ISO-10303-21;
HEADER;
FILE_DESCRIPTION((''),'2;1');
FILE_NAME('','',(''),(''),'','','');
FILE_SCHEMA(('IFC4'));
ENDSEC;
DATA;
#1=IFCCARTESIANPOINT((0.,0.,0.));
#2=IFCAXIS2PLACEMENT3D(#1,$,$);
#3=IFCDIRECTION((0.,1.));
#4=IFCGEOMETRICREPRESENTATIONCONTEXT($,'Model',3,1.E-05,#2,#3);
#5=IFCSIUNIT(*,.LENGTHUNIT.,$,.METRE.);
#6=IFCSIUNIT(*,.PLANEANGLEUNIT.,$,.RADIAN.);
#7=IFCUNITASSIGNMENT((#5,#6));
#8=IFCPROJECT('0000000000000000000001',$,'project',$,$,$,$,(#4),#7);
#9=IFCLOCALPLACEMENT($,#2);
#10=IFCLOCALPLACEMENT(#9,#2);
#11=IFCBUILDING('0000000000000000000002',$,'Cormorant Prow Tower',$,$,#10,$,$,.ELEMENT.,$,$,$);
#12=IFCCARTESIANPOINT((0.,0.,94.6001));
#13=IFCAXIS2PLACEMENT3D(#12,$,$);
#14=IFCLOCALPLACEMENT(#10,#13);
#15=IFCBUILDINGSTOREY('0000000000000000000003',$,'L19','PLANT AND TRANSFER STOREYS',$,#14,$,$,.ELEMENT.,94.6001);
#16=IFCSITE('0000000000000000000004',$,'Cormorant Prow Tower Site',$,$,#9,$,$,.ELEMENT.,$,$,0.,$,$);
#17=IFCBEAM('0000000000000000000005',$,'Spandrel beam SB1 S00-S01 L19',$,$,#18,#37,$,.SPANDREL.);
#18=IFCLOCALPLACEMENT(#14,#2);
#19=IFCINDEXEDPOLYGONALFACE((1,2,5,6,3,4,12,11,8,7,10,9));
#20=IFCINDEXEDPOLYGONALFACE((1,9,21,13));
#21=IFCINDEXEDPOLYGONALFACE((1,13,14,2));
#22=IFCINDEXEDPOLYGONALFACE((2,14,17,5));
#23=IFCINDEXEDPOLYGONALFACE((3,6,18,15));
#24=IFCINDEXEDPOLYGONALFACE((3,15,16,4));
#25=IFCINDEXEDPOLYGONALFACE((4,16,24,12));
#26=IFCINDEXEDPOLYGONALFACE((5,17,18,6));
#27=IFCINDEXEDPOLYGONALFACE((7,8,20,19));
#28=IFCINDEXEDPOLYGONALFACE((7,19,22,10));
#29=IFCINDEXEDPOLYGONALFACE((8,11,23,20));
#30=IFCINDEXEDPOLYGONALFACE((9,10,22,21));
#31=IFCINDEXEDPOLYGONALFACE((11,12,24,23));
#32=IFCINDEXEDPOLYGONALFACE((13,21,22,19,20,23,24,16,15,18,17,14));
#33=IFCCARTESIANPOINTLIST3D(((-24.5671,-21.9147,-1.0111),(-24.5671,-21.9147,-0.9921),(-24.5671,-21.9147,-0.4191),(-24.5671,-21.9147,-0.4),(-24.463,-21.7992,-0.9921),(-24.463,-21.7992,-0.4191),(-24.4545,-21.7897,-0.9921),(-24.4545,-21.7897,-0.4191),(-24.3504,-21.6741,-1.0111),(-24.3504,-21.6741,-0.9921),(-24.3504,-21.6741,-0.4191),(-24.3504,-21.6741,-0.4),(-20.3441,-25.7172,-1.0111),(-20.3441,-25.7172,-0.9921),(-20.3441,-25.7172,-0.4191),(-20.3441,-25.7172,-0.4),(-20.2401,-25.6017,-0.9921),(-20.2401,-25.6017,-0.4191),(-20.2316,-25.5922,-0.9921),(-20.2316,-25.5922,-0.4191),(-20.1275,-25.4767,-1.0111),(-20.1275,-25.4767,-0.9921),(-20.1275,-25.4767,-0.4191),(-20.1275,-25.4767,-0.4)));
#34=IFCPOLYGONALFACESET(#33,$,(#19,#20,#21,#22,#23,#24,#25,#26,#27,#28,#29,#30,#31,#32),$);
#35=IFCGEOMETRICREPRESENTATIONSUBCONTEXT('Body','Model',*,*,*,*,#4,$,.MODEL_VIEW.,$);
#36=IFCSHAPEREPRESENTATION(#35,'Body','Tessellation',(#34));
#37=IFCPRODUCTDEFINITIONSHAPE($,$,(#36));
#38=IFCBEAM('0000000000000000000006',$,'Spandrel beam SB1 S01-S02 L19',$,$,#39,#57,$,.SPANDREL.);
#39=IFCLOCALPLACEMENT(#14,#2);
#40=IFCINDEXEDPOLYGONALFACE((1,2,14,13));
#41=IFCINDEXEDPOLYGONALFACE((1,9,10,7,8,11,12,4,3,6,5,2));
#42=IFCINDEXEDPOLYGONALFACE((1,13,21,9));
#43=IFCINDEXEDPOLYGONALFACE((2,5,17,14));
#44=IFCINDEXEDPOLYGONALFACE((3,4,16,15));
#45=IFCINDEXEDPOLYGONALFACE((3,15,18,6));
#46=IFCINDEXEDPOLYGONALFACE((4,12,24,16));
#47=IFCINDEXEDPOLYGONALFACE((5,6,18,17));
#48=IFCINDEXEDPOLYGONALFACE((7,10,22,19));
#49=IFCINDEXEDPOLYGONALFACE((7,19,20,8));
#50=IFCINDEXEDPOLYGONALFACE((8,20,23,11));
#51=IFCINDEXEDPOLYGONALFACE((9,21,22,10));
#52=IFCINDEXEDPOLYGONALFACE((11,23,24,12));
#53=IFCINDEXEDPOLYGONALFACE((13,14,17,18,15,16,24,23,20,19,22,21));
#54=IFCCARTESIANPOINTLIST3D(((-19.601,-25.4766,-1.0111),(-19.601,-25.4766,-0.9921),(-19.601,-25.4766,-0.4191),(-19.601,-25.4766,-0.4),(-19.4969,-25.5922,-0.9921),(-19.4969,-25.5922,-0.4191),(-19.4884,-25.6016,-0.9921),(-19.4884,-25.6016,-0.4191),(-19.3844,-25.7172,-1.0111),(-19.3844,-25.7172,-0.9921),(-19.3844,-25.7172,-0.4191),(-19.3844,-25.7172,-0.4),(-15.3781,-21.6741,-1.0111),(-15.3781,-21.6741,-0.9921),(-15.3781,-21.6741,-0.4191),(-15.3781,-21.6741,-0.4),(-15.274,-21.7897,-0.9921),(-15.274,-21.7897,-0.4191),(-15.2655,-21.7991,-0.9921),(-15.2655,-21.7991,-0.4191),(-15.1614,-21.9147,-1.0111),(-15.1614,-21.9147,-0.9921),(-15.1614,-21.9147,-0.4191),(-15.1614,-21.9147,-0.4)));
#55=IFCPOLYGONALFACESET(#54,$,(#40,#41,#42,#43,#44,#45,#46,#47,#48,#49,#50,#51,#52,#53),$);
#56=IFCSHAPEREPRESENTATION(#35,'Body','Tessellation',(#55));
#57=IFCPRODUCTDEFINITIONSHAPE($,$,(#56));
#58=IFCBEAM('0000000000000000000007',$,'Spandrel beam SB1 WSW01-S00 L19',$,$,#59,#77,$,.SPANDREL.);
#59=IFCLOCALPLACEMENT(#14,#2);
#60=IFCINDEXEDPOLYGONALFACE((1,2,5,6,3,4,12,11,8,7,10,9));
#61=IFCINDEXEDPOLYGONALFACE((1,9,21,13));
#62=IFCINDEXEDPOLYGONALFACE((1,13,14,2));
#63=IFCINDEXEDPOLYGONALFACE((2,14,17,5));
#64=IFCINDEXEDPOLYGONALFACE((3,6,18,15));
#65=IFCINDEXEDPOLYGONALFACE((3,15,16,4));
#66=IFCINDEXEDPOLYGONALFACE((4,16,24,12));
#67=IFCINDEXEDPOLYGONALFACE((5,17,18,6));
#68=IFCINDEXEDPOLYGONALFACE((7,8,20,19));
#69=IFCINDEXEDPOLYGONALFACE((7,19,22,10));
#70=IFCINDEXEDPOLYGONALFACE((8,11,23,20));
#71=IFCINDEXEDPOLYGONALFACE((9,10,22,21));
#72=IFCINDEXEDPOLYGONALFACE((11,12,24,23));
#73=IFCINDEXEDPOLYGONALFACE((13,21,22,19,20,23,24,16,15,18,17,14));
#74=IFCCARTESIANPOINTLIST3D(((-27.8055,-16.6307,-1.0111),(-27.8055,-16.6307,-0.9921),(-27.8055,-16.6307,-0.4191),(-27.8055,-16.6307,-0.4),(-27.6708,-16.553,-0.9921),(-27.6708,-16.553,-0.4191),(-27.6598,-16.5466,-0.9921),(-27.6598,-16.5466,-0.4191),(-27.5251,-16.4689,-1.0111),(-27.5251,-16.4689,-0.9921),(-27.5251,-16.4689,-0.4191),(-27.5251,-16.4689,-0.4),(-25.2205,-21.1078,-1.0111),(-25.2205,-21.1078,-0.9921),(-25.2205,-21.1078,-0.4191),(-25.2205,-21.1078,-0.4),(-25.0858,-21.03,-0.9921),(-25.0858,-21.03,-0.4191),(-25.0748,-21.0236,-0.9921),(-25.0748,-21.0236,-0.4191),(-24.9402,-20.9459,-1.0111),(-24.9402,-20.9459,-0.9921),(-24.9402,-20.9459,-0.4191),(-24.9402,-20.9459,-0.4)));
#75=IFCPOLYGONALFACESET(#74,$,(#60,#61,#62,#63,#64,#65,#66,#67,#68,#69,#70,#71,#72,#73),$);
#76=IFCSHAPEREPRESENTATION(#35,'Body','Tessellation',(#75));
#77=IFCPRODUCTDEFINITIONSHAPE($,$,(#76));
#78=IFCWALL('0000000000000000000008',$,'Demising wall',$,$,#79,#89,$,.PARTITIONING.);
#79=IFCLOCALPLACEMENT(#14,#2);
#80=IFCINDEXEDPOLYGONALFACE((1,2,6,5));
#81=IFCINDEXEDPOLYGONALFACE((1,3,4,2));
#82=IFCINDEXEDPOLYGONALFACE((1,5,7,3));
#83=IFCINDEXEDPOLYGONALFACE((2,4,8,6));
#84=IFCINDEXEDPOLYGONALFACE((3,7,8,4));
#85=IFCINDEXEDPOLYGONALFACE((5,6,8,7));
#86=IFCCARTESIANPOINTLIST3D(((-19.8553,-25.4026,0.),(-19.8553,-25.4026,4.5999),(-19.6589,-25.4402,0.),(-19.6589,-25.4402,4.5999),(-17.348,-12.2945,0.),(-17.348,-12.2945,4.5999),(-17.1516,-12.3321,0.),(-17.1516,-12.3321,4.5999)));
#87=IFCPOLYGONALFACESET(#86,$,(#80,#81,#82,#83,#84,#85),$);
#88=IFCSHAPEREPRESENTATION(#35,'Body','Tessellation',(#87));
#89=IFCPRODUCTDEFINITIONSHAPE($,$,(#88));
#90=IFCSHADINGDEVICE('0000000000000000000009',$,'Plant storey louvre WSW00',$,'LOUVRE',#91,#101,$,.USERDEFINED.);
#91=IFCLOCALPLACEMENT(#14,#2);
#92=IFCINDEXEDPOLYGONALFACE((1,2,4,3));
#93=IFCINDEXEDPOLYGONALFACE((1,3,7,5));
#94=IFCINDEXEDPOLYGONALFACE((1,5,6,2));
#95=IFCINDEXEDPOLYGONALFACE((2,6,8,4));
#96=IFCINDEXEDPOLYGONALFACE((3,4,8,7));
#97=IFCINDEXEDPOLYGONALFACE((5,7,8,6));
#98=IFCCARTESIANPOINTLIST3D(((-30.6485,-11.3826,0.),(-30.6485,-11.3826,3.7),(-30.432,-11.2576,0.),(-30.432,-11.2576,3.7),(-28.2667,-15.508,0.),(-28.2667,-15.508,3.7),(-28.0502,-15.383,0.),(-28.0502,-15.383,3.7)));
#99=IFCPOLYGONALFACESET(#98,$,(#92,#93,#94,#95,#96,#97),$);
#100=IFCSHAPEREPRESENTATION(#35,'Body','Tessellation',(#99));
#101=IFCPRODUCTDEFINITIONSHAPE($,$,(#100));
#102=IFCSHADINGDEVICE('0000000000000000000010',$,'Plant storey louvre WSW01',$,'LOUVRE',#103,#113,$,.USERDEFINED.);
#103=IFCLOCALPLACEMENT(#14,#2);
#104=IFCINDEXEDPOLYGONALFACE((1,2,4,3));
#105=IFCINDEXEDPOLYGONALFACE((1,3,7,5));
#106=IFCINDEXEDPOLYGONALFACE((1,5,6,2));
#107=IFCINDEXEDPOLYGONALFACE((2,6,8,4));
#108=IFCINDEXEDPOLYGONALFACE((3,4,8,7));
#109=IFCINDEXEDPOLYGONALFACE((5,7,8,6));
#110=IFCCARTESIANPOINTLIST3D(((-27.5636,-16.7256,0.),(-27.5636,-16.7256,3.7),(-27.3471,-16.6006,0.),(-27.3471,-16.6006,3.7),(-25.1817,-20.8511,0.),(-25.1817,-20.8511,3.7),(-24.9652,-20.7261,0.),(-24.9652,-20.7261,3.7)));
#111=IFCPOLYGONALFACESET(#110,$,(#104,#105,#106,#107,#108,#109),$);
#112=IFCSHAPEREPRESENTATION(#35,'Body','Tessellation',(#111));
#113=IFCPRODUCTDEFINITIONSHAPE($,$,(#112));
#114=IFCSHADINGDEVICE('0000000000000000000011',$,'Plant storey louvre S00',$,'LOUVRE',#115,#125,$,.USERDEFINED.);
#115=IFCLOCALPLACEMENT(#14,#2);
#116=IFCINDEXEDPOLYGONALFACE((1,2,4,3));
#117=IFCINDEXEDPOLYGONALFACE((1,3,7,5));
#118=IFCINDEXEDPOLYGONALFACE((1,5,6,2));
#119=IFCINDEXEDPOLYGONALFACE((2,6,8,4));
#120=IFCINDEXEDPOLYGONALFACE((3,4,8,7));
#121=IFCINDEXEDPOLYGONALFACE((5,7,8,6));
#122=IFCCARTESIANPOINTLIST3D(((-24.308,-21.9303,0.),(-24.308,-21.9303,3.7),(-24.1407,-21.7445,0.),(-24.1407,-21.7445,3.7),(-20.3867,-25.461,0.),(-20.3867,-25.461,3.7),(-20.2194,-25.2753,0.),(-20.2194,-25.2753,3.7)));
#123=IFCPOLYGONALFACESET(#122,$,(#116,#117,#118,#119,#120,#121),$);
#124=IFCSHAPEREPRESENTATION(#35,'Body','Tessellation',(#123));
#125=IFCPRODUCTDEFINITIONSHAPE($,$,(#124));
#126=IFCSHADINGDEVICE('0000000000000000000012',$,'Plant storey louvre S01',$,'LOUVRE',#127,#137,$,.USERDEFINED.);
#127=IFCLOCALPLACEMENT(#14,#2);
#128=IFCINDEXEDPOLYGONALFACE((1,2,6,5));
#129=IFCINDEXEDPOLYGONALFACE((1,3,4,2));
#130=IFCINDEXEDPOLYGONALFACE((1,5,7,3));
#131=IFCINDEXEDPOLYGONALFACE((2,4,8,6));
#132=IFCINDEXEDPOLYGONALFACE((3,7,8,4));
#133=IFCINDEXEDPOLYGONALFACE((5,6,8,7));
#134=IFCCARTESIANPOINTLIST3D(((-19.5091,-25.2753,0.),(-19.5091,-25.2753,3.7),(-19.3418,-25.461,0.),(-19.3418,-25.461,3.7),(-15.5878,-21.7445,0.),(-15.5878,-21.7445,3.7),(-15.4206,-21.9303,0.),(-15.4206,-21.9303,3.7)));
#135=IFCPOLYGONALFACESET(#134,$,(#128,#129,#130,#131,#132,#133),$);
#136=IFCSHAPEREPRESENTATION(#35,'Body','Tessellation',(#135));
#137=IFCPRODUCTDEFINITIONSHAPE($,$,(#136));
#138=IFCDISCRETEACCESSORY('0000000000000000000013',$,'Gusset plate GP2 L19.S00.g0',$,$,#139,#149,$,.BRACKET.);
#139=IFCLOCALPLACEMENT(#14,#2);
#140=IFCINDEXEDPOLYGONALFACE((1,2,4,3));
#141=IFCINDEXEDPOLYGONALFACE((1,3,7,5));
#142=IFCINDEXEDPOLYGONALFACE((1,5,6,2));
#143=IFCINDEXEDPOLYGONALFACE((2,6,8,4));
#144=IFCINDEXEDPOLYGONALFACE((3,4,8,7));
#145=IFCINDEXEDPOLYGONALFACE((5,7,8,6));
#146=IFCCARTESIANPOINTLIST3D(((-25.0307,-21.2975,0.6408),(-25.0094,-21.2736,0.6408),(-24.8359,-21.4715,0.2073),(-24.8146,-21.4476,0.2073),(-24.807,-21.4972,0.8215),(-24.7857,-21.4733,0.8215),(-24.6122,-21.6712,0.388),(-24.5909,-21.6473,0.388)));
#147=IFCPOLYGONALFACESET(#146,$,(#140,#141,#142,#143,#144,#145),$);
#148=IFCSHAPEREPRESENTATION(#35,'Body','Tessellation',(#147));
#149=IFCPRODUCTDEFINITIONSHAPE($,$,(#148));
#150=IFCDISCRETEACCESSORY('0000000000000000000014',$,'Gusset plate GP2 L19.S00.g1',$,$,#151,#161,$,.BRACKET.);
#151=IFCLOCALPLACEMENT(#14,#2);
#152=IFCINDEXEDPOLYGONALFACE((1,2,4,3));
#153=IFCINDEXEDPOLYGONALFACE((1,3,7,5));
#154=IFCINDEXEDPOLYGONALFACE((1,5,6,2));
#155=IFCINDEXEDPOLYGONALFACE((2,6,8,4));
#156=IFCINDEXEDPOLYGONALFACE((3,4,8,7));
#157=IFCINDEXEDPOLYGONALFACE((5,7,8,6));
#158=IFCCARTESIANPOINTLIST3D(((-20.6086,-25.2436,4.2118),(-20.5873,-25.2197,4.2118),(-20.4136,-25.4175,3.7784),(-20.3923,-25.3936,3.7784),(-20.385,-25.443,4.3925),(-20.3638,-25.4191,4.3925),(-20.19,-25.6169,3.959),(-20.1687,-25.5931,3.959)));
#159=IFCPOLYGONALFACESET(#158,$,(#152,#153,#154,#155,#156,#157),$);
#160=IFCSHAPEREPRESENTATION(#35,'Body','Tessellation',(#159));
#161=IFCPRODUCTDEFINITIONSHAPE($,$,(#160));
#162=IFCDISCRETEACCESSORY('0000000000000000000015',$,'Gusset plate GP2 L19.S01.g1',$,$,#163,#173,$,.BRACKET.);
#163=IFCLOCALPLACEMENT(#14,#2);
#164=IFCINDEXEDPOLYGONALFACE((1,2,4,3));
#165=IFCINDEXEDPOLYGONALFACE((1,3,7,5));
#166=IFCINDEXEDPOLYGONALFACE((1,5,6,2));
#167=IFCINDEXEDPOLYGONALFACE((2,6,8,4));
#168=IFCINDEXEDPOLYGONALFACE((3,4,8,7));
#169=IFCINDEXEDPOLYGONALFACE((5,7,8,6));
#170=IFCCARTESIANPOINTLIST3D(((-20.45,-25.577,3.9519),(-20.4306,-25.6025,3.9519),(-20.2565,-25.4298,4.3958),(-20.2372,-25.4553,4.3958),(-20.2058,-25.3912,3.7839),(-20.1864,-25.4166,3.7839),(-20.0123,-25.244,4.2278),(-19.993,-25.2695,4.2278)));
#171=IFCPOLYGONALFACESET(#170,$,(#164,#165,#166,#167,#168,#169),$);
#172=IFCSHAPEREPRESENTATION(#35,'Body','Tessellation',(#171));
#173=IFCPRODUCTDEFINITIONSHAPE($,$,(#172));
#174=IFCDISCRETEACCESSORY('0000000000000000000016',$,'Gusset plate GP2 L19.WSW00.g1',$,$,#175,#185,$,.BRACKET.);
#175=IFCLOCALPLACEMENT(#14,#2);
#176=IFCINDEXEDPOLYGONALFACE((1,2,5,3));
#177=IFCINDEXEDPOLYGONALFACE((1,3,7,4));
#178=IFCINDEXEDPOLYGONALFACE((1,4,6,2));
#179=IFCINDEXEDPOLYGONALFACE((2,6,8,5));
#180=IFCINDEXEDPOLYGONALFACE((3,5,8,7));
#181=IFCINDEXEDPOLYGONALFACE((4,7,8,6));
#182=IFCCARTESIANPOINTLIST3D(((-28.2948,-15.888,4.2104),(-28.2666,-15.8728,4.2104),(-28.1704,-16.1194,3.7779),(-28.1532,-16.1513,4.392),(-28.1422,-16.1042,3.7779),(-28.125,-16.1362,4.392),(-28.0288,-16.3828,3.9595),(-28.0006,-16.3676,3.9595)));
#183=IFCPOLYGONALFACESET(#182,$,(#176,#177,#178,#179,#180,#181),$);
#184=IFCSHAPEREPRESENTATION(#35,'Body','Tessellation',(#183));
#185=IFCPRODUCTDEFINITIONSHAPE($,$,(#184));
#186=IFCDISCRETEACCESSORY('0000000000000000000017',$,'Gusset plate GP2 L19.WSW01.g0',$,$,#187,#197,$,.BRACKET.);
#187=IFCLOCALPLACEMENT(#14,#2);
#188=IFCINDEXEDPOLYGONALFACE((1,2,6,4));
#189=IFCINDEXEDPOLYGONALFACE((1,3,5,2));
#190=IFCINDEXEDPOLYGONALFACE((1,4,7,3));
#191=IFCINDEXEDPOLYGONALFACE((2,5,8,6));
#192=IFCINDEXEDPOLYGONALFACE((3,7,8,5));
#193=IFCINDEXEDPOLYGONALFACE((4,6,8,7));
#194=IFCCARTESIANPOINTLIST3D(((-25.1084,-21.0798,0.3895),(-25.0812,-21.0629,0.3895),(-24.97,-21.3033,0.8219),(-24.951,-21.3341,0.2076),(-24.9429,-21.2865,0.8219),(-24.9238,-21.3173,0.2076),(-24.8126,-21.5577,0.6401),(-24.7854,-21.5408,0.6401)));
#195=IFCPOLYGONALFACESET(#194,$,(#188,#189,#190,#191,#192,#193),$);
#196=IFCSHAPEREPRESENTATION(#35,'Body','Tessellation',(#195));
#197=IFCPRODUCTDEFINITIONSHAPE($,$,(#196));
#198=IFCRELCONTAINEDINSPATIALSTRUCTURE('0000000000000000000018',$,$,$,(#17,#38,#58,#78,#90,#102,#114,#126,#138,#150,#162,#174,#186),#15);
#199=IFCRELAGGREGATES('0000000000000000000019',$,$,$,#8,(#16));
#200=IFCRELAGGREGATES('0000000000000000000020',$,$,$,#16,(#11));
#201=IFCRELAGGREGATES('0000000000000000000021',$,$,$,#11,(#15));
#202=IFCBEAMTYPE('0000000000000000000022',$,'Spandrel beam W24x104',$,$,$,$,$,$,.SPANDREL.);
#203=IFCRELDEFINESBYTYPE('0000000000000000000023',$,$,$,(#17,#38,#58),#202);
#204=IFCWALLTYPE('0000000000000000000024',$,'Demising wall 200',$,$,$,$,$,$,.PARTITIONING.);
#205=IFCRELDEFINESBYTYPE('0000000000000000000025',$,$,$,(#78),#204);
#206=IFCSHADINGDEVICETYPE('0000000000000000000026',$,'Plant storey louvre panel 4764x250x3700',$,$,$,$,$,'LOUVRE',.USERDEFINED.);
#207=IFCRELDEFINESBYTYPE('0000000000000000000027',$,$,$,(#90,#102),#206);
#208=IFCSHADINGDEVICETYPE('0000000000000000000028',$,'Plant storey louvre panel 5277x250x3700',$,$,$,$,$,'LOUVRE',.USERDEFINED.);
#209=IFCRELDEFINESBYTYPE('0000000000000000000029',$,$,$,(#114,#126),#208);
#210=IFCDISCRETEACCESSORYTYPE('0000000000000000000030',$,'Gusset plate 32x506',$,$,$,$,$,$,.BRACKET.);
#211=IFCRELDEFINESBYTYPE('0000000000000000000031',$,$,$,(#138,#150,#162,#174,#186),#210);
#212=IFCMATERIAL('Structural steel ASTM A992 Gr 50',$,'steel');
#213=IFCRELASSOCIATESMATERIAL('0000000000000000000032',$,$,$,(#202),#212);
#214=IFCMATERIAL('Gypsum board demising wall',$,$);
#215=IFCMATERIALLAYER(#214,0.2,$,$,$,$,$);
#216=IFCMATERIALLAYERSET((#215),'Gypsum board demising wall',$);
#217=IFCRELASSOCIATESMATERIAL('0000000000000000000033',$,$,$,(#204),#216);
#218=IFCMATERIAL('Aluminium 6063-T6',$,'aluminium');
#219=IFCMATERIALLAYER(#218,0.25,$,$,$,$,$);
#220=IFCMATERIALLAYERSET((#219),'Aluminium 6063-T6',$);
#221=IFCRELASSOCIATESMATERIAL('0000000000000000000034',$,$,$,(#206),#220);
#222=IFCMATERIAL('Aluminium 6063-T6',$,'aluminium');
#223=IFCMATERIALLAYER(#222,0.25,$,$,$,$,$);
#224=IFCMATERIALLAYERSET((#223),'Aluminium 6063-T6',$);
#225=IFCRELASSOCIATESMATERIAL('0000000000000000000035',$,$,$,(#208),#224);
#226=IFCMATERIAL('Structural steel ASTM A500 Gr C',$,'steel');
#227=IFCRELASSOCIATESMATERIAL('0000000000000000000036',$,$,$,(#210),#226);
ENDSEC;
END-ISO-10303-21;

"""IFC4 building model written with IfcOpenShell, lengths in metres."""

from ifc_helpers import new_model, si_unit, direction, frame, frame_2d, origin, origin_2d, place, context, subcontext, project, spatial, rectangle, i_section, extrude, material, layer, layer_set, material_profile, profile_set, type_object, element, save


model = new_model("IFC4")

# Units and contexts
model_context = context("Model", 3, precision=1e-05, world=origin(), true_north=direction((0.0, 1.0)))
body_context = subcontext(model_context, "Body", "Model", "MODEL_VIEW")
ifc_project = project(units=[si_unit("LENGTHUNIT", "METRE"), si_unit("PLANEANGLEUNIT", "RADIAN")], contexts=[model_context])

# Site, building, storey
site_placement = place(None, origin())
site = spatial("IfcSite", under=ifc_project, at=site_placement, Name="Cormorant Prow Tower Site", CompositionType="ELEMENT", RefElevation=0.0)
building_placement = place(site_placement, origin())
building = spatial("IfcBuilding", under=site, at=building_placement, Name="Cormorant Prow Tower", CompositionType="ELEMENT")
storey_placement = place(building_placement, frame((0.0, 0.0, 94.6001)))
storey = spatial("IfcBuildingStorey", under=building, at=storey_placement, Name="L19", Description="PLANT AND TRANSFER STOREYS", CompositionType="ELEMENT", Elevation=94.6001)

# Beams
ifc_material_1 = material(Name="Structural steel ASTM A992 Gr 50", Category="steel")
ifc_material_profile_1 = material_profile(ifc_material_1, i_section(OverallWidth=0.3237, OverallDepth=0.6111, WebThickness=0.0127, FlangeThickness=0.019, at=origin_2d()), Name="W24x104")
ifc_profile_set_1 = profile_set([ifc_material_profile_1], Name="Structural steel ASTM A992 Gr 50")
beam_type_1 = type_object("IfcBeamType", Name="Spandrel beam W24x104", PredefinedType="SPANDREL", material=ifc_profile_set_1)
for number, where, z_axis, x_axis, name in (
    (1, (-24.4587, -21.7944, -0.7056), (0.74313, -0.669147, 0.0), (0.669147, 0.74313, 0.0), "Spandrel beam SB1 S00-S01 L19"),
    (2, (-19.4927, -25.5969, -0.7056), (0.74313, 0.669147, 0.0), (-0.669147, 0.74313, 0.0), "Spandrel beam SB1 S01-S02 L19"),
):
    element("IfcBeam", number, at=place(storey_placement, frame(where, z_axis=z_axis, x_axis=x_axis)), inside=storey, type_object=beam_type_1, Name=name, PredefinedType="SPANDREL", context=body_context, shape_type="SweptSolid", body=[
        extrude(i_section(OverallWidth=0.3237, OverallDepth=0.6111, WebThickness=0.0127, FlangeThickness=0.019, at=origin_2d()), origin(), (0.0, 0.0, 1.0), 5.6826),
    ])
beam_1_placement = place(storey_placement, frame((-27.6653, -16.5498, -0.7056), z_axis=(0.50002, -0.866014, 0.0), x_axis=(0.866014, 0.50002, 0.0)))
element("IfcBeam", 3, at=beam_1_placement, inside=storey, type_object=beam_type_1, Name="Spandrel beam SB1 WSW01-S00 L19", PredefinedType="SPANDREL", context=body_context, shape_type="SweptSolid", body=[
    extrude(i_section(OverallWidth=0.3237, OverallDepth=0.6111, WebThickness=0.0127, FlangeThickness=0.019, at=origin_2d()), origin(), (0.0, 0.0, 1.0), 5.1697),
])

# Wall
ifc_material_2 = material(Name="Gypsum board demising wall")
ifc_layer_1 = layer(ifc_material_2, 0.2)
ifc_layer_set_1 = layer_set([ifc_layer_1], Name="Gypsum board demising wall")
wall_type = type_object("IfcWallType", Name="Demising wall 200", PredefinedType="PARTITIONING", material=ifc_layer_set_1)
wall_placement = place(storey_placement, frame((-19.7571, -25.4214, 0.0), z_axis=(0.0, 0.0, 1.0), x_axis=(0.187874, 0.982193, 0.0)))
element("IfcWall", 4, at=wall_placement, inside=storey, type_object=wall_type, Name="Demising wall", PredefinedType="PARTITIONING", context=body_context, shape_type="SweptSolid", body=[
    extrude(rectangle(XDim=13.3457, YDim=0.2, at=frame_2d((6.6729, 0.0))), origin(), (0.0, 0.0, 1.0), 4.5999),
])

# Shading devices
ifc_material_3 = material(Name="Aluminium 6063-T6", Category="aluminium")
ifc_layer_2 = layer(ifc_material_3, 0.25)
ifc_layer_set_2 = layer_set([ifc_layer_2], Name="Aluminium 6063-T6")
shading_device_type_1 = type_object("IfcShadingDeviceType", Name="Plant storey louvre panel 4764x250x3700", ElementType="LOUVRE", PredefinedType="USERDEFINED", material=ifc_layer_set_2)
for number, where, z_axis, x_axis, name in (
    (5, (-29.3494, -13.3828, 0.0), (0.0, 0.0, 1.0), (0.5, -0.866025, 0.0), "Plant storey louvre WSW00"),
    (6, (-26.2644, -18.7258, 0.0), (0.0, 0.0, 1.0), (0.5, -0.866025, 0.0), "Plant storey louvre WSW01"),
):
    element("IfcShadingDevice", number, at=place(storey_placement, frame(where, z_axis=z_axis, x_axis=x_axis)), inside=storey, type_object=shading_device_type_1, Name=name, ObjectType="LOUVRE", PredefinedType="USERDEFINED", context=body_context, shape_type="SweptSolid", body=[
        extrude(rectangle(XDim=4.7637, YDim=0.25, at=origin_2d()), origin(), (0.0, 0.0, 1.0), 3.7),
    ])
ifc_material_4 = material(Name="Aluminium 6063-T6", Category="aluminium")
ifc_layer_3 = layer(ifc_material_4, 0.25)
ifc_layer_set_3 = layer_set([ifc_layer_3], Name="Aluminium 6063-T6")
shading_device_type_2 = type_object("IfcShadingDeviceType", Name="Plant storey louvre panel 5277x250x3700", ElementType="LOUVRE", PredefinedType="USERDEFINED", material=ifc_layer_set_3)
for number, where, z_axis, x_axis, name in (
    (7, (-22.2637, -23.6028, 0.0), (0.0, 0.0, 1.0), (0.743145, -0.669131, 0.0), "Plant storey louvre S00"),
    (8, (-17.4648, -23.6028, 0.0), (0.0, 0.0, 1.0), (0.743145, 0.669131, 0.0), "Plant storey louvre S01"),
):
    element("IfcShadingDevice", number, at=place(storey_placement, frame(where, z_axis=z_axis, x_axis=x_axis)), inside=storey, type_object=shading_device_type_2, Name=name, ObjectType="LOUVRE", PredefinedType="USERDEFINED", context=body_context, shape_type="SweptSolid", body=[
        extrude(rectangle(XDim=5.2766, YDim=0.25, at=origin_2d()), origin(), (0.0, 0.0, 1.0), 3.7),
    ])

# Discrete accessories
ifc_material_5 = material(Name="Structural steel ASTM A500 Gr C", Category="steel")
ifc_material_profile_2 = material_profile(ifc_material_5, rectangle(XDim=0.032, YDim=0.5061, at=origin_2d()), Name="Gusset plate 32x506")
ifc_profile_set_2 = profile_set([ifc_material_profile_2], Name="Structural steel ASTM A500 Gr C")
discrete_accessory_type_1 = type_object("IfcDiscreteAccessoryType", Name="Gusset plate 32x506", PredefinedType="BRACKET", material=ifc_profile_set_2)
discrete_accessory_1_placement = place(storey_placement, frame((-24.699, -21.5723, 0.6047), z_axis=(-0.638862, 0.570512, -0.516111), x_axis=(-0.66608, -0.74588, 0.0)))
element("IfcDiscreteAccessory", 9, at=discrete_accessory_1_placement, inside=storey, type_object=discrete_accessory_type_1, Name="Gusset plate GP2 L19.S00.g0", PredefinedType="BRACKET", context=body_context, shape_type="SweptSolid", body=[
    extrude(rectangle(XDim=0.032, YDim=0.5061, at=origin_2d()), origin(), (0.0, 0.0, 1.0), 0.3501),
])
for number, where, z_axis, x_axis, name in (
    (10, (-20.5005, -25.3186, 3.9951), (0.639116, -0.570042, 0.516317), (0.665627, 0.746284, 0.0), "Gusset plate GP2 L19.S00.g1"),
    (11, (-20.0994, -25.3303, 4.0059), (-0.698011, -0.531186, 0.480231), (0.605588, -0.795779, 0.0), "Gusset plate GP2 L19.S01.g1"),
    (12, (-28.2185, -15.9961, 3.9941), (0.404678, -0.75284, 0.519104), (0.880812, 0.473467, 0.0), "Gusset plate GP2 L19.WSW00.g1"),
):
    element("IfcDiscreteAccessory", number, at=place(storey_placement, frame(where, z_axis=z_axis, x_axis=x_axis)), inside=storey, type_object=discrete_accessory_type_1, Name=name, PredefinedType="BRACKET", context=body_context, shape_type="SweptSolid", body=[
        extrude(rectangle(XDim=0.032, YDim=0.5061, at=origin_2d()), origin(), (0.0, 0.0, 1.0), 0.3499),
    ])
for number, where, z_axis, x_axis, name in (
    (13, (-25.0256, -21.1831, 0.6057), (0.449741, -0.726558, -0.519468), (0.850283, 0.526327, 0.0), "Gusset plate GP2 L19.WSW01.g0"),
):
    element("IfcDiscreteAccessory", number, at=place(storey_placement, frame(where, z_axis=z_axis, x_axis=x_axis)), inside=storey, type_object=discrete_accessory_type_1, Name=name, PredefinedType="BRACKET", context=body_context, shape_type="SweptSolid", body=[
        extrude(rectangle(XDim=0.032, YDim=0.5061, at=origin_2d()), origin(), (0.0, 0.0, 1.0), 0.3501),
    ])

save(model, "model.ifc")
